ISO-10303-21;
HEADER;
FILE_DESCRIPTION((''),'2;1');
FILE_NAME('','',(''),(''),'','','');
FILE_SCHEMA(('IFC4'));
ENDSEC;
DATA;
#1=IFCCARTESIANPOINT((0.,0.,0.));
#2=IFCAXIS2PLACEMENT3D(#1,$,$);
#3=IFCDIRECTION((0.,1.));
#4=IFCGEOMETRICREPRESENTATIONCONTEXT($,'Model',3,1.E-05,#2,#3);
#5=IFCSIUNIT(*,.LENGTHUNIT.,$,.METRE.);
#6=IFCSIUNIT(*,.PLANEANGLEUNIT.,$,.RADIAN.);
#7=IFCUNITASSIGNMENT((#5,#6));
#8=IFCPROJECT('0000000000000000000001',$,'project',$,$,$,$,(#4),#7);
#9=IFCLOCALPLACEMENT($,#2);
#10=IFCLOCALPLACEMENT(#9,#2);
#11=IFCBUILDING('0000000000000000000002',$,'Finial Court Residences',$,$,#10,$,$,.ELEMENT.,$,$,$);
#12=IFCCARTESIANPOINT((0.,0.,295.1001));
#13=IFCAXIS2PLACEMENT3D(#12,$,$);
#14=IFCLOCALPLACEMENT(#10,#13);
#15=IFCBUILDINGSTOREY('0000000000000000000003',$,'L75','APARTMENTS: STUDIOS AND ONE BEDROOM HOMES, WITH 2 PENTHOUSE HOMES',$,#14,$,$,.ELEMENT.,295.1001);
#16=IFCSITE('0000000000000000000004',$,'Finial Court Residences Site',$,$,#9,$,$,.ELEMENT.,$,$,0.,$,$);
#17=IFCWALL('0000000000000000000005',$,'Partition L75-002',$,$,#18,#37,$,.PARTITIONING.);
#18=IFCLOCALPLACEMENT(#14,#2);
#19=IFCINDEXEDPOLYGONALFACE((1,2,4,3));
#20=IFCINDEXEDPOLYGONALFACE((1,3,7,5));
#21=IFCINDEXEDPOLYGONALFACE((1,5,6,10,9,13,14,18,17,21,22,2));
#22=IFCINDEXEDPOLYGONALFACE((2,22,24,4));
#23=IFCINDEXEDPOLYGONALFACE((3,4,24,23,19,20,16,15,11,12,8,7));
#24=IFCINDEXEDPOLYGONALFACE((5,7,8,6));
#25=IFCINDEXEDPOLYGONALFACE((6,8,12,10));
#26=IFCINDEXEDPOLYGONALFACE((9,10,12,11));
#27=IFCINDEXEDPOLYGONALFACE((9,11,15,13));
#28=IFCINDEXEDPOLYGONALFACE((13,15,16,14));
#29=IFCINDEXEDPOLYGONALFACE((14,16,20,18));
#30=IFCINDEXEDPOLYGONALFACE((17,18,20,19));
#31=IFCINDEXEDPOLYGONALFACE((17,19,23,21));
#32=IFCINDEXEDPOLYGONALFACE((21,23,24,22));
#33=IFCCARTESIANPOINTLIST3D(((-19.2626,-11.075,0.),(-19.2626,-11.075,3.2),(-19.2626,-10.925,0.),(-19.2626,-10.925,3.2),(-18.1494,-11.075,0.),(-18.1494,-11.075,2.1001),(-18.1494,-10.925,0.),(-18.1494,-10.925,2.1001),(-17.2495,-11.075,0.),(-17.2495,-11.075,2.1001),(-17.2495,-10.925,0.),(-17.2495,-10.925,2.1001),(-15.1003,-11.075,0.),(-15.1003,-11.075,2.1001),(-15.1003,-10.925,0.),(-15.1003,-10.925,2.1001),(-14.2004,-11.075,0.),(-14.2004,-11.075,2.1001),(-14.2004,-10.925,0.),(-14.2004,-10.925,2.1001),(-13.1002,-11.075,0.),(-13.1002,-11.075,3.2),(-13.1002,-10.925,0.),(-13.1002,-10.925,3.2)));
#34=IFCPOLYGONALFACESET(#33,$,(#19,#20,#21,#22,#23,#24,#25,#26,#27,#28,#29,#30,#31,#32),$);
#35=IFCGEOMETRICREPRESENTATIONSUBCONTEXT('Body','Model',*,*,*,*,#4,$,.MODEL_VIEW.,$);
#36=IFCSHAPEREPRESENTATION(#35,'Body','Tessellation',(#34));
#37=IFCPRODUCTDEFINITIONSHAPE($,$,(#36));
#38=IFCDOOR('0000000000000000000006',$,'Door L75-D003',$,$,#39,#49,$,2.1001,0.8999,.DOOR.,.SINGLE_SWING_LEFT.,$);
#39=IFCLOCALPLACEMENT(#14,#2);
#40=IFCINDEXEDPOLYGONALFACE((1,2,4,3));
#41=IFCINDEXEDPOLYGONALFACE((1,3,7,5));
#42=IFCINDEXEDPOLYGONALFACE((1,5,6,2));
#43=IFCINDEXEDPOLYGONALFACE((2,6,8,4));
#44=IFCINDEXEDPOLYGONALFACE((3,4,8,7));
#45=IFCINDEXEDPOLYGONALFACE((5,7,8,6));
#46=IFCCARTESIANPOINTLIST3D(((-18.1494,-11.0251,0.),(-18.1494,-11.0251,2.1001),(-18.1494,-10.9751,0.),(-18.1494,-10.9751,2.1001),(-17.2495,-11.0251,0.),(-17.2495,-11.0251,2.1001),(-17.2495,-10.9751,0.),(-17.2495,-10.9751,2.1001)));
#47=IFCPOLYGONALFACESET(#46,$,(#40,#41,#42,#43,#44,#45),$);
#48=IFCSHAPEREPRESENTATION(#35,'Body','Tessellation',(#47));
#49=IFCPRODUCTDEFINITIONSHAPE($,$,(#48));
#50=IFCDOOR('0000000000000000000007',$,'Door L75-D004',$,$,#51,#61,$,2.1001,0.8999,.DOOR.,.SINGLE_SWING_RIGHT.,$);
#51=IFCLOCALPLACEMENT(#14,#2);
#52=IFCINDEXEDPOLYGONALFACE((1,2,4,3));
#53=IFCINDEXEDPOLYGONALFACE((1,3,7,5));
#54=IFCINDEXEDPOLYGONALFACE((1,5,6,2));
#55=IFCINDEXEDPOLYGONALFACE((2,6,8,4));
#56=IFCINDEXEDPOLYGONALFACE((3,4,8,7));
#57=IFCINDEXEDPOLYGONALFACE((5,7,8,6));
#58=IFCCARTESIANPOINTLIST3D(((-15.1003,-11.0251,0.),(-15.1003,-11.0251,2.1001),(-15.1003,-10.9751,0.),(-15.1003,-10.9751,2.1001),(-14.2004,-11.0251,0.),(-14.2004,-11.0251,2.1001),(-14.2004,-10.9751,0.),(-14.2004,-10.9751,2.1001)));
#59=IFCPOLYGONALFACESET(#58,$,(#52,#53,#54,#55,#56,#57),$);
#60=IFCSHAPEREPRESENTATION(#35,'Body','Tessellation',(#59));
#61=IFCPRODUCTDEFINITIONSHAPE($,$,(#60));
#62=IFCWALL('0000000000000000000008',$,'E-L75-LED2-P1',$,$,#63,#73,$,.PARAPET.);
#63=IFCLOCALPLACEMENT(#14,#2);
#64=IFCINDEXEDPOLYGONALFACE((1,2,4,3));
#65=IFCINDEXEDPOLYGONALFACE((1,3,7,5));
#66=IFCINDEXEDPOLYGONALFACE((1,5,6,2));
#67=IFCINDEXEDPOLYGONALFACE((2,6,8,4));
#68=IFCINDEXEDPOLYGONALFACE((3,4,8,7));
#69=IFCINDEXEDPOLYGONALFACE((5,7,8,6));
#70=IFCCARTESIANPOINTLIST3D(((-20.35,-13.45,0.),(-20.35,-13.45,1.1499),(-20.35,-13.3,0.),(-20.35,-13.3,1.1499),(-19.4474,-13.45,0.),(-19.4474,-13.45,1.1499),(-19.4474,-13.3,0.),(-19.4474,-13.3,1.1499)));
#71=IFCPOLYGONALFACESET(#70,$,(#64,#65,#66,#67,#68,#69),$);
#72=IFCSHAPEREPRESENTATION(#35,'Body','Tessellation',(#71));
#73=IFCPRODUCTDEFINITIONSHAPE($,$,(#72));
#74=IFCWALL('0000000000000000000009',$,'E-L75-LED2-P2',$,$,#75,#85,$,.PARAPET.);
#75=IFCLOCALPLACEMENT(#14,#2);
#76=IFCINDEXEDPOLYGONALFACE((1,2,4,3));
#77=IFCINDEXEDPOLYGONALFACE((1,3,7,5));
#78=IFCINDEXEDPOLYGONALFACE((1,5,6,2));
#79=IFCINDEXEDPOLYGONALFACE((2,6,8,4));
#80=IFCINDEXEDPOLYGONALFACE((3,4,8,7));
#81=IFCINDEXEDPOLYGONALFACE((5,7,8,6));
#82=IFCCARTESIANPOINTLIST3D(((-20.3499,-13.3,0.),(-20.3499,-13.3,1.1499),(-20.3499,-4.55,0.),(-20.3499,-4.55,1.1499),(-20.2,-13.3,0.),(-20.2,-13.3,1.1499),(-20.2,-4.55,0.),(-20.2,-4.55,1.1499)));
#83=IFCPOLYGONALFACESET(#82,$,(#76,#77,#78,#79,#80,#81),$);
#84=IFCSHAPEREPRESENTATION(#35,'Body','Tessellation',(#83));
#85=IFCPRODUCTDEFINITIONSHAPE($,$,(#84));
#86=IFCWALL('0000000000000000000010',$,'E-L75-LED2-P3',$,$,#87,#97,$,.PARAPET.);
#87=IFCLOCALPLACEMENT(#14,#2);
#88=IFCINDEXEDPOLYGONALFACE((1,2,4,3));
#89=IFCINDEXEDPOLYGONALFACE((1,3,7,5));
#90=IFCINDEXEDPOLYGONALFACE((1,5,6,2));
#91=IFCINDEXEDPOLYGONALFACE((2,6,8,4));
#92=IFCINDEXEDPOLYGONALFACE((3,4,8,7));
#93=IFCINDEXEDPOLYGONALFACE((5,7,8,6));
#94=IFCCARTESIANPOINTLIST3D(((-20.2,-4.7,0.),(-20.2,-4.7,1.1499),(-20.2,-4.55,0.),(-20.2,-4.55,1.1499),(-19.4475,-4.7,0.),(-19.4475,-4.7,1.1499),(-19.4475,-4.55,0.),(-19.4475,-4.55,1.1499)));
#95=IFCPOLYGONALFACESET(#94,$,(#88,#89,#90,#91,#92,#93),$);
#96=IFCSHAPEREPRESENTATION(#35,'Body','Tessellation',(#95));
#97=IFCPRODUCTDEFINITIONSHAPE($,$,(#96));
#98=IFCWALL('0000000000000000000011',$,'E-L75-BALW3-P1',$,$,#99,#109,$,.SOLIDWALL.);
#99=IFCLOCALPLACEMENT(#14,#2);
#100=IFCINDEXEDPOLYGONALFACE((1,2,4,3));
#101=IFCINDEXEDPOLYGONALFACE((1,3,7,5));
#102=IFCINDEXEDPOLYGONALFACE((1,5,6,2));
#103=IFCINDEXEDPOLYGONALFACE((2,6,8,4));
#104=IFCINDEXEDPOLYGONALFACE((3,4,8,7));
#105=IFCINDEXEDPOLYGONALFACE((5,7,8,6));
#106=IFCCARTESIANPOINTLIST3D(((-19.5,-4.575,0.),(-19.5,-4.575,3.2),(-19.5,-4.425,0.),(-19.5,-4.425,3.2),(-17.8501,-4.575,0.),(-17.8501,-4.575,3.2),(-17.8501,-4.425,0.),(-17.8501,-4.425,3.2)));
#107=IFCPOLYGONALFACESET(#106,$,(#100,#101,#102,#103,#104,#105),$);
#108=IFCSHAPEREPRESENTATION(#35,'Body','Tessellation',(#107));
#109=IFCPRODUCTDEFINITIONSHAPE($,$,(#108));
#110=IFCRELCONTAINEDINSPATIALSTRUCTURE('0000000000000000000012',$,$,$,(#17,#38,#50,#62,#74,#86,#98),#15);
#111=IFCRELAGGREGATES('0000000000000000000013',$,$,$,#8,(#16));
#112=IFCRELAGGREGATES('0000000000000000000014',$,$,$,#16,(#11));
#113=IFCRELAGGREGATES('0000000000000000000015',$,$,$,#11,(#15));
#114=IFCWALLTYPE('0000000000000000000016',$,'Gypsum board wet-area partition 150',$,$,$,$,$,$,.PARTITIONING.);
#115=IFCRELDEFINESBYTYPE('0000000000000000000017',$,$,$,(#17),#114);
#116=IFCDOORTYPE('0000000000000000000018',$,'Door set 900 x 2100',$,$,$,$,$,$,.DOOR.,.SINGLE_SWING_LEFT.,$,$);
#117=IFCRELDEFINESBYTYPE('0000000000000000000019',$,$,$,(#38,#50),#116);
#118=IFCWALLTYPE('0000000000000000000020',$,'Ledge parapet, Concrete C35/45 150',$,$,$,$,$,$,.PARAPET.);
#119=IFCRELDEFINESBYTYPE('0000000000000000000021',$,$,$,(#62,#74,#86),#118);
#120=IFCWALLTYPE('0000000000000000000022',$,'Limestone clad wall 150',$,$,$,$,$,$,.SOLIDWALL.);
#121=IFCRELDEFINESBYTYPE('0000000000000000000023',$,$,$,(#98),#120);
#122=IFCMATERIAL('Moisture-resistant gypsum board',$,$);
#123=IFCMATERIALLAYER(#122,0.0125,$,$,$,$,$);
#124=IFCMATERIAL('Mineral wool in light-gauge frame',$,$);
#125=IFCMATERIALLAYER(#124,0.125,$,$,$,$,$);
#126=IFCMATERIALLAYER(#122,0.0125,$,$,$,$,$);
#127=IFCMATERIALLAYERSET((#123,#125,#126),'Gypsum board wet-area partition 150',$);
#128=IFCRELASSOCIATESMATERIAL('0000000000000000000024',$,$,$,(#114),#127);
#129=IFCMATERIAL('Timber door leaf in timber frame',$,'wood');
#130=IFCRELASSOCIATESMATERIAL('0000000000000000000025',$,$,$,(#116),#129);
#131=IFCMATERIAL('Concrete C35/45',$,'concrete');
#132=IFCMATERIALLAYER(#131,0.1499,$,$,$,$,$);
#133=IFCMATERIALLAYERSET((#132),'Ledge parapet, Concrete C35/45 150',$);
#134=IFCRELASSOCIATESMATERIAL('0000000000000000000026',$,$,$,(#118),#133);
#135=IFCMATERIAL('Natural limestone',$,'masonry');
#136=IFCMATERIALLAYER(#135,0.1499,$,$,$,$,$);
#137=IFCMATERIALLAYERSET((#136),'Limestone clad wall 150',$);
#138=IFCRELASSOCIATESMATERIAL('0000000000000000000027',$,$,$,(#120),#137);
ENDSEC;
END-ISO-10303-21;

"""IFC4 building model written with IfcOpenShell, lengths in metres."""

from ifc_helpers import new_model, si_unit, direction, frame, frame_2d, origin, place, context, subcontext, project, spatial, rectangle, extrude, material, layer, layer_set, type_object, element, fill, save


model = new_model("IFC4")

# Units and contexts
model_context = context("Model", 3, precision=1e-05, world=origin(), true_north=direction((0.0, 1.0)))
body_context = subcontext(model_context, "Body", "Model", "MODEL_VIEW")
ifc_project = project(units=[si_unit("LENGTHUNIT", "METRE"), si_unit("PLANEANGLEUNIT", "RADIAN")], contexts=[model_context])

# Site, building, storey
site_placement = place(None, origin())
site = spatial("IfcSite", under=ifc_project, at=site_placement, Name="Finial Court Residences Site", CompositionType="ELEMENT", RefElevation=0.0)
building_placement = place(site_placement, origin())
building = spatial("IfcBuilding", under=site, at=building_placement, Name="Finial Court Residences", CompositionType="ELEMENT")
storey_placement = place(building_placement, frame((0.0, 0.0, 295.1001)))
storey = spatial("IfcBuildingStorey", under=building, at=storey_placement, Name="L75", Description="APARTMENTS: STUDIOS AND ONE BEDROOM HOMES, WITH 2 PENTHOUSE HOMES", CompositionType="ELEMENT", Elevation=295.1001)

# Shared definitions
ifc_material_1 = material(Name="Moisture-resistant gypsum board")
ifc_layer_1 = layer(ifc_material_1, 0.0125)
ifc_material_2 = material(Name="Mineral wool in light-gauge frame")
ifc_layer_2 = layer(ifc_material_2, 0.125)
ifc_layer_3 = layer(ifc_material_1, 0.0125)
ifc_layer_set_1 = layer_set([ifc_layer_1, ifc_layer_2, ifc_layer_3], Name="Gypsum board wet-area partition 150")
wall_type_1 = type_object("IfcWallType", Name="Gypsum board wet-area partition 150", PredefinedType="PARTITIONING", material=ifc_layer_set_1)
ifc_material_3 = material(Name="Timber door leaf in timber frame", Category="wood")
door_type_1 = type_object("IfcDoorType", Name="Door set 900 x 2100", OperationType="SINGLE_SWING_LEFT", PredefinedType="DOOR", material=ifc_material_3)

# Wall, openings, doors
wall_1_placement = place(storey_placement, frame((-19.2625, -11.0, 0.0), z_axis=(0.0, 0.0, 1.0), x_axis=(1.0, 0.0, 0.0)))
wall_1 = element("IfcWall", 1, at=wall_1_placement, inside=storey, type_object=wall_type_1, Name="Partition L75-002", PredefinedType="PARTITIONING", context=body_context, shape_type="SweptSolid", body=[
    extrude(rectangle(XDim=6.1624, YDim=0.1499, at=frame_2d((3.0811, 0.0))), origin(), (0.0, 0.0, 1.0), 3.2),
])
opening_1_placement = place(wall_1_placement, frame((1.113, 0.0, 0.0)))
opening_1 = element("IfcOpeningElement", 2, at=opening_1_placement, cuts=wall_1, PredefinedType="OPENING", context=body_context, shape_type="SweptSolid", body=[
    extrude(rectangle(XDim=0.8999, YDim=2.1001, at=frame_2d((0.45, 1.05))), frame((0.0, 0.085, 0.0), z_axis=(0.0, -1.0, 0.0), x_axis=(1.0, 0.0, 0.0)), (0.0, 0.0, 1.0), 0.1699),
])
opening_2_placement = place(wall_1_placement, frame((4.1621, 0.0, 0.0)))
opening_2 = element("IfcOpeningElement", 3, at=opening_2_placement, cuts=wall_1, PredefinedType="OPENING", context=body_context, shape_type="SweptSolid", body=[
    extrude(rectangle(XDim=0.8999, YDim=2.1001, at=frame_2d((0.45, 1.05))), frame((0.0, 0.085, 0.0), z_axis=(0.0, -1.0, 0.0), x_axis=(1.0, 0.0, 0.0)), (0.0, 0.0, 1.0), 0.1699),
])
door_1_placement = place(opening_1_placement, origin())
door_1 = element("IfcDoor", 4, at=door_1_placement, inside=storey, type_object=door_type_1, Name="Door L75-D003", OperationType="SINGLE_SWING_LEFT", OverallHeight=2.1001, OverallWidth=0.8999, PredefinedType="DOOR", context=body_context, shape_type="SweptSolid", body=[
    extrude(rectangle(XDim=0.8999, YDim=2.1001, at=frame_2d((0.45, 1.05))), frame((0.0, 0.0249, 0.0), z_axis=(0.0, -1.0, 0.0), x_axis=(1.0, 0.0, 0.0)), (0.0, 0.0, 1.0), 0.05),
])
fill(opening_1, door_1)
door_2_placement = place(opening_2_placement, origin())
door_2 = element("IfcDoor", 5, at=door_2_placement, inside=storey, type_object=door_type_1, Name="Door L75-D004", OperationType="SINGLE_SWING_RIGHT", OverallHeight=2.1001, OverallWidth=0.8999, PredefinedType="DOOR", context=body_context, shape_type="SweptSolid", body=[
    extrude(rectangle(XDim=0.8999, YDim=2.1001, at=frame_2d((0.45, 1.05))), frame((0.0, 0.0249, 0.0), z_axis=(0.0, -1.0, 0.0), x_axis=(1.0, 0.0, 0.0)), (0.0, 0.0, 1.0), 0.05),
])
fill(opening_2, door_2)

# Walls
ifc_material_4 = material(Name="Concrete C35/45", Category="concrete")
ifc_layer_4 = layer(ifc_material_4, 0.1499)
ifc_layer_set_2 = layer_set([ifc_layer_4], Name="Ledge parapet, Concrete C35/45 150")
wall_type_2 = type_object("IfcWallType", Name="Ledge parapet, Concrete C35/45 150", PredefinedType="PARAPET", material=ifc_layer_set_2)
wall_2_placement = place(storey_placement, frame((-19.4475, -13.375, 0.0), z_axis=(0.0, 0.0, 1.0), x_axis=(-1.0, 0.0, 0.0)))
element("IfcWall", 6, at=wall_2_placement, inside=storey, type_object=wall_type_2, Name="E-L75-LED2-P1", PredefinedType="PARAPET", context=body_context, shape_type="SweptSolid", body=[
    extrude(rectangle(XDim=0.9026, YDim=0.1499, at=frame_2d((0.4512, 0.0))), origin(), (0.0, 0.0, 1.0), 1.1499),
])
wall_3_placement = place(storey_placement, frame((-20.2749, -13.3, 0.0), z_axis=(0.0, 0.0, 1.0), x_axis=(0.0, 1.0, 0.0)))
element("IfcWall", 7, at=wall_3_placement, inside=storey, type_object=wall_type_2, Name="E-L75-LED2-P2", PredefinedType="PARAPET", context=body_context, shape_type="SweptSolid", body=[
    extrude(rectangle(XDim=8.75, YDim=0.1499, at=frame_2d((4.375, 0.0))), origin(), (0.0, 0.0, 1.0), 1.1499),
])
wall_4_placement = place(storey_placement, frame((-20.2, -4.625, 0.0), z_axis=(0.0, 0.0, 1.0), x_axis=(1.0, 0.0, 0.0)))
element("IfcWall", 8, at=wall_4_placement, inside=storey, type_object=wall_type_2, Name="E-L75-LED2-P3", PredefinedType="PARAPET", context=body_context, shape_type="SweptSolid", body=[
    extrude(rectangle(XDim=0.7524, YDim=0.1499, at=frame_2d((0.3762, 0.0))), origin(), (0.0, 0.0, 1.0), 1.1499),
])
ifc_material_5 = material(Name="Natural limestone", Category="masonry")
ifc_layer_5 = layer(ifc_material_5, 0.1499)
ifc_layer_set_3 = layer_set([ifc_layer_5], Name="Limestone clad wall 150")
wall_type_3 = type_object("IfcWallType", Name="Limestone clad wall 150", PredefinedType="SOLIDWALL", material=ifc_layer_set_3)
wall_5_placement = place(storey_placement, frame((-17.8501, -4.5, 0.0), z_axis=(0.0, 0.0, 1.0), x_axis=(-1.0, 0.0, 0.0)))
element("IfcWall", 9, at=wall_5_placement, inside=storey, type_object=wall_type_3, Name="E-L75-BALW3-P1", PredefinedType="SOLIDWALL", context=body_context, shape_type="SweptSolid", body=[
    extrude(rectangle(XDim=1.6499, YDim=0.1499, at=frame_2d((0.825, 0.0))), origin(), (0.0, 0.0, 1.0), 3.2),
])

save(model, "model.ifc")
